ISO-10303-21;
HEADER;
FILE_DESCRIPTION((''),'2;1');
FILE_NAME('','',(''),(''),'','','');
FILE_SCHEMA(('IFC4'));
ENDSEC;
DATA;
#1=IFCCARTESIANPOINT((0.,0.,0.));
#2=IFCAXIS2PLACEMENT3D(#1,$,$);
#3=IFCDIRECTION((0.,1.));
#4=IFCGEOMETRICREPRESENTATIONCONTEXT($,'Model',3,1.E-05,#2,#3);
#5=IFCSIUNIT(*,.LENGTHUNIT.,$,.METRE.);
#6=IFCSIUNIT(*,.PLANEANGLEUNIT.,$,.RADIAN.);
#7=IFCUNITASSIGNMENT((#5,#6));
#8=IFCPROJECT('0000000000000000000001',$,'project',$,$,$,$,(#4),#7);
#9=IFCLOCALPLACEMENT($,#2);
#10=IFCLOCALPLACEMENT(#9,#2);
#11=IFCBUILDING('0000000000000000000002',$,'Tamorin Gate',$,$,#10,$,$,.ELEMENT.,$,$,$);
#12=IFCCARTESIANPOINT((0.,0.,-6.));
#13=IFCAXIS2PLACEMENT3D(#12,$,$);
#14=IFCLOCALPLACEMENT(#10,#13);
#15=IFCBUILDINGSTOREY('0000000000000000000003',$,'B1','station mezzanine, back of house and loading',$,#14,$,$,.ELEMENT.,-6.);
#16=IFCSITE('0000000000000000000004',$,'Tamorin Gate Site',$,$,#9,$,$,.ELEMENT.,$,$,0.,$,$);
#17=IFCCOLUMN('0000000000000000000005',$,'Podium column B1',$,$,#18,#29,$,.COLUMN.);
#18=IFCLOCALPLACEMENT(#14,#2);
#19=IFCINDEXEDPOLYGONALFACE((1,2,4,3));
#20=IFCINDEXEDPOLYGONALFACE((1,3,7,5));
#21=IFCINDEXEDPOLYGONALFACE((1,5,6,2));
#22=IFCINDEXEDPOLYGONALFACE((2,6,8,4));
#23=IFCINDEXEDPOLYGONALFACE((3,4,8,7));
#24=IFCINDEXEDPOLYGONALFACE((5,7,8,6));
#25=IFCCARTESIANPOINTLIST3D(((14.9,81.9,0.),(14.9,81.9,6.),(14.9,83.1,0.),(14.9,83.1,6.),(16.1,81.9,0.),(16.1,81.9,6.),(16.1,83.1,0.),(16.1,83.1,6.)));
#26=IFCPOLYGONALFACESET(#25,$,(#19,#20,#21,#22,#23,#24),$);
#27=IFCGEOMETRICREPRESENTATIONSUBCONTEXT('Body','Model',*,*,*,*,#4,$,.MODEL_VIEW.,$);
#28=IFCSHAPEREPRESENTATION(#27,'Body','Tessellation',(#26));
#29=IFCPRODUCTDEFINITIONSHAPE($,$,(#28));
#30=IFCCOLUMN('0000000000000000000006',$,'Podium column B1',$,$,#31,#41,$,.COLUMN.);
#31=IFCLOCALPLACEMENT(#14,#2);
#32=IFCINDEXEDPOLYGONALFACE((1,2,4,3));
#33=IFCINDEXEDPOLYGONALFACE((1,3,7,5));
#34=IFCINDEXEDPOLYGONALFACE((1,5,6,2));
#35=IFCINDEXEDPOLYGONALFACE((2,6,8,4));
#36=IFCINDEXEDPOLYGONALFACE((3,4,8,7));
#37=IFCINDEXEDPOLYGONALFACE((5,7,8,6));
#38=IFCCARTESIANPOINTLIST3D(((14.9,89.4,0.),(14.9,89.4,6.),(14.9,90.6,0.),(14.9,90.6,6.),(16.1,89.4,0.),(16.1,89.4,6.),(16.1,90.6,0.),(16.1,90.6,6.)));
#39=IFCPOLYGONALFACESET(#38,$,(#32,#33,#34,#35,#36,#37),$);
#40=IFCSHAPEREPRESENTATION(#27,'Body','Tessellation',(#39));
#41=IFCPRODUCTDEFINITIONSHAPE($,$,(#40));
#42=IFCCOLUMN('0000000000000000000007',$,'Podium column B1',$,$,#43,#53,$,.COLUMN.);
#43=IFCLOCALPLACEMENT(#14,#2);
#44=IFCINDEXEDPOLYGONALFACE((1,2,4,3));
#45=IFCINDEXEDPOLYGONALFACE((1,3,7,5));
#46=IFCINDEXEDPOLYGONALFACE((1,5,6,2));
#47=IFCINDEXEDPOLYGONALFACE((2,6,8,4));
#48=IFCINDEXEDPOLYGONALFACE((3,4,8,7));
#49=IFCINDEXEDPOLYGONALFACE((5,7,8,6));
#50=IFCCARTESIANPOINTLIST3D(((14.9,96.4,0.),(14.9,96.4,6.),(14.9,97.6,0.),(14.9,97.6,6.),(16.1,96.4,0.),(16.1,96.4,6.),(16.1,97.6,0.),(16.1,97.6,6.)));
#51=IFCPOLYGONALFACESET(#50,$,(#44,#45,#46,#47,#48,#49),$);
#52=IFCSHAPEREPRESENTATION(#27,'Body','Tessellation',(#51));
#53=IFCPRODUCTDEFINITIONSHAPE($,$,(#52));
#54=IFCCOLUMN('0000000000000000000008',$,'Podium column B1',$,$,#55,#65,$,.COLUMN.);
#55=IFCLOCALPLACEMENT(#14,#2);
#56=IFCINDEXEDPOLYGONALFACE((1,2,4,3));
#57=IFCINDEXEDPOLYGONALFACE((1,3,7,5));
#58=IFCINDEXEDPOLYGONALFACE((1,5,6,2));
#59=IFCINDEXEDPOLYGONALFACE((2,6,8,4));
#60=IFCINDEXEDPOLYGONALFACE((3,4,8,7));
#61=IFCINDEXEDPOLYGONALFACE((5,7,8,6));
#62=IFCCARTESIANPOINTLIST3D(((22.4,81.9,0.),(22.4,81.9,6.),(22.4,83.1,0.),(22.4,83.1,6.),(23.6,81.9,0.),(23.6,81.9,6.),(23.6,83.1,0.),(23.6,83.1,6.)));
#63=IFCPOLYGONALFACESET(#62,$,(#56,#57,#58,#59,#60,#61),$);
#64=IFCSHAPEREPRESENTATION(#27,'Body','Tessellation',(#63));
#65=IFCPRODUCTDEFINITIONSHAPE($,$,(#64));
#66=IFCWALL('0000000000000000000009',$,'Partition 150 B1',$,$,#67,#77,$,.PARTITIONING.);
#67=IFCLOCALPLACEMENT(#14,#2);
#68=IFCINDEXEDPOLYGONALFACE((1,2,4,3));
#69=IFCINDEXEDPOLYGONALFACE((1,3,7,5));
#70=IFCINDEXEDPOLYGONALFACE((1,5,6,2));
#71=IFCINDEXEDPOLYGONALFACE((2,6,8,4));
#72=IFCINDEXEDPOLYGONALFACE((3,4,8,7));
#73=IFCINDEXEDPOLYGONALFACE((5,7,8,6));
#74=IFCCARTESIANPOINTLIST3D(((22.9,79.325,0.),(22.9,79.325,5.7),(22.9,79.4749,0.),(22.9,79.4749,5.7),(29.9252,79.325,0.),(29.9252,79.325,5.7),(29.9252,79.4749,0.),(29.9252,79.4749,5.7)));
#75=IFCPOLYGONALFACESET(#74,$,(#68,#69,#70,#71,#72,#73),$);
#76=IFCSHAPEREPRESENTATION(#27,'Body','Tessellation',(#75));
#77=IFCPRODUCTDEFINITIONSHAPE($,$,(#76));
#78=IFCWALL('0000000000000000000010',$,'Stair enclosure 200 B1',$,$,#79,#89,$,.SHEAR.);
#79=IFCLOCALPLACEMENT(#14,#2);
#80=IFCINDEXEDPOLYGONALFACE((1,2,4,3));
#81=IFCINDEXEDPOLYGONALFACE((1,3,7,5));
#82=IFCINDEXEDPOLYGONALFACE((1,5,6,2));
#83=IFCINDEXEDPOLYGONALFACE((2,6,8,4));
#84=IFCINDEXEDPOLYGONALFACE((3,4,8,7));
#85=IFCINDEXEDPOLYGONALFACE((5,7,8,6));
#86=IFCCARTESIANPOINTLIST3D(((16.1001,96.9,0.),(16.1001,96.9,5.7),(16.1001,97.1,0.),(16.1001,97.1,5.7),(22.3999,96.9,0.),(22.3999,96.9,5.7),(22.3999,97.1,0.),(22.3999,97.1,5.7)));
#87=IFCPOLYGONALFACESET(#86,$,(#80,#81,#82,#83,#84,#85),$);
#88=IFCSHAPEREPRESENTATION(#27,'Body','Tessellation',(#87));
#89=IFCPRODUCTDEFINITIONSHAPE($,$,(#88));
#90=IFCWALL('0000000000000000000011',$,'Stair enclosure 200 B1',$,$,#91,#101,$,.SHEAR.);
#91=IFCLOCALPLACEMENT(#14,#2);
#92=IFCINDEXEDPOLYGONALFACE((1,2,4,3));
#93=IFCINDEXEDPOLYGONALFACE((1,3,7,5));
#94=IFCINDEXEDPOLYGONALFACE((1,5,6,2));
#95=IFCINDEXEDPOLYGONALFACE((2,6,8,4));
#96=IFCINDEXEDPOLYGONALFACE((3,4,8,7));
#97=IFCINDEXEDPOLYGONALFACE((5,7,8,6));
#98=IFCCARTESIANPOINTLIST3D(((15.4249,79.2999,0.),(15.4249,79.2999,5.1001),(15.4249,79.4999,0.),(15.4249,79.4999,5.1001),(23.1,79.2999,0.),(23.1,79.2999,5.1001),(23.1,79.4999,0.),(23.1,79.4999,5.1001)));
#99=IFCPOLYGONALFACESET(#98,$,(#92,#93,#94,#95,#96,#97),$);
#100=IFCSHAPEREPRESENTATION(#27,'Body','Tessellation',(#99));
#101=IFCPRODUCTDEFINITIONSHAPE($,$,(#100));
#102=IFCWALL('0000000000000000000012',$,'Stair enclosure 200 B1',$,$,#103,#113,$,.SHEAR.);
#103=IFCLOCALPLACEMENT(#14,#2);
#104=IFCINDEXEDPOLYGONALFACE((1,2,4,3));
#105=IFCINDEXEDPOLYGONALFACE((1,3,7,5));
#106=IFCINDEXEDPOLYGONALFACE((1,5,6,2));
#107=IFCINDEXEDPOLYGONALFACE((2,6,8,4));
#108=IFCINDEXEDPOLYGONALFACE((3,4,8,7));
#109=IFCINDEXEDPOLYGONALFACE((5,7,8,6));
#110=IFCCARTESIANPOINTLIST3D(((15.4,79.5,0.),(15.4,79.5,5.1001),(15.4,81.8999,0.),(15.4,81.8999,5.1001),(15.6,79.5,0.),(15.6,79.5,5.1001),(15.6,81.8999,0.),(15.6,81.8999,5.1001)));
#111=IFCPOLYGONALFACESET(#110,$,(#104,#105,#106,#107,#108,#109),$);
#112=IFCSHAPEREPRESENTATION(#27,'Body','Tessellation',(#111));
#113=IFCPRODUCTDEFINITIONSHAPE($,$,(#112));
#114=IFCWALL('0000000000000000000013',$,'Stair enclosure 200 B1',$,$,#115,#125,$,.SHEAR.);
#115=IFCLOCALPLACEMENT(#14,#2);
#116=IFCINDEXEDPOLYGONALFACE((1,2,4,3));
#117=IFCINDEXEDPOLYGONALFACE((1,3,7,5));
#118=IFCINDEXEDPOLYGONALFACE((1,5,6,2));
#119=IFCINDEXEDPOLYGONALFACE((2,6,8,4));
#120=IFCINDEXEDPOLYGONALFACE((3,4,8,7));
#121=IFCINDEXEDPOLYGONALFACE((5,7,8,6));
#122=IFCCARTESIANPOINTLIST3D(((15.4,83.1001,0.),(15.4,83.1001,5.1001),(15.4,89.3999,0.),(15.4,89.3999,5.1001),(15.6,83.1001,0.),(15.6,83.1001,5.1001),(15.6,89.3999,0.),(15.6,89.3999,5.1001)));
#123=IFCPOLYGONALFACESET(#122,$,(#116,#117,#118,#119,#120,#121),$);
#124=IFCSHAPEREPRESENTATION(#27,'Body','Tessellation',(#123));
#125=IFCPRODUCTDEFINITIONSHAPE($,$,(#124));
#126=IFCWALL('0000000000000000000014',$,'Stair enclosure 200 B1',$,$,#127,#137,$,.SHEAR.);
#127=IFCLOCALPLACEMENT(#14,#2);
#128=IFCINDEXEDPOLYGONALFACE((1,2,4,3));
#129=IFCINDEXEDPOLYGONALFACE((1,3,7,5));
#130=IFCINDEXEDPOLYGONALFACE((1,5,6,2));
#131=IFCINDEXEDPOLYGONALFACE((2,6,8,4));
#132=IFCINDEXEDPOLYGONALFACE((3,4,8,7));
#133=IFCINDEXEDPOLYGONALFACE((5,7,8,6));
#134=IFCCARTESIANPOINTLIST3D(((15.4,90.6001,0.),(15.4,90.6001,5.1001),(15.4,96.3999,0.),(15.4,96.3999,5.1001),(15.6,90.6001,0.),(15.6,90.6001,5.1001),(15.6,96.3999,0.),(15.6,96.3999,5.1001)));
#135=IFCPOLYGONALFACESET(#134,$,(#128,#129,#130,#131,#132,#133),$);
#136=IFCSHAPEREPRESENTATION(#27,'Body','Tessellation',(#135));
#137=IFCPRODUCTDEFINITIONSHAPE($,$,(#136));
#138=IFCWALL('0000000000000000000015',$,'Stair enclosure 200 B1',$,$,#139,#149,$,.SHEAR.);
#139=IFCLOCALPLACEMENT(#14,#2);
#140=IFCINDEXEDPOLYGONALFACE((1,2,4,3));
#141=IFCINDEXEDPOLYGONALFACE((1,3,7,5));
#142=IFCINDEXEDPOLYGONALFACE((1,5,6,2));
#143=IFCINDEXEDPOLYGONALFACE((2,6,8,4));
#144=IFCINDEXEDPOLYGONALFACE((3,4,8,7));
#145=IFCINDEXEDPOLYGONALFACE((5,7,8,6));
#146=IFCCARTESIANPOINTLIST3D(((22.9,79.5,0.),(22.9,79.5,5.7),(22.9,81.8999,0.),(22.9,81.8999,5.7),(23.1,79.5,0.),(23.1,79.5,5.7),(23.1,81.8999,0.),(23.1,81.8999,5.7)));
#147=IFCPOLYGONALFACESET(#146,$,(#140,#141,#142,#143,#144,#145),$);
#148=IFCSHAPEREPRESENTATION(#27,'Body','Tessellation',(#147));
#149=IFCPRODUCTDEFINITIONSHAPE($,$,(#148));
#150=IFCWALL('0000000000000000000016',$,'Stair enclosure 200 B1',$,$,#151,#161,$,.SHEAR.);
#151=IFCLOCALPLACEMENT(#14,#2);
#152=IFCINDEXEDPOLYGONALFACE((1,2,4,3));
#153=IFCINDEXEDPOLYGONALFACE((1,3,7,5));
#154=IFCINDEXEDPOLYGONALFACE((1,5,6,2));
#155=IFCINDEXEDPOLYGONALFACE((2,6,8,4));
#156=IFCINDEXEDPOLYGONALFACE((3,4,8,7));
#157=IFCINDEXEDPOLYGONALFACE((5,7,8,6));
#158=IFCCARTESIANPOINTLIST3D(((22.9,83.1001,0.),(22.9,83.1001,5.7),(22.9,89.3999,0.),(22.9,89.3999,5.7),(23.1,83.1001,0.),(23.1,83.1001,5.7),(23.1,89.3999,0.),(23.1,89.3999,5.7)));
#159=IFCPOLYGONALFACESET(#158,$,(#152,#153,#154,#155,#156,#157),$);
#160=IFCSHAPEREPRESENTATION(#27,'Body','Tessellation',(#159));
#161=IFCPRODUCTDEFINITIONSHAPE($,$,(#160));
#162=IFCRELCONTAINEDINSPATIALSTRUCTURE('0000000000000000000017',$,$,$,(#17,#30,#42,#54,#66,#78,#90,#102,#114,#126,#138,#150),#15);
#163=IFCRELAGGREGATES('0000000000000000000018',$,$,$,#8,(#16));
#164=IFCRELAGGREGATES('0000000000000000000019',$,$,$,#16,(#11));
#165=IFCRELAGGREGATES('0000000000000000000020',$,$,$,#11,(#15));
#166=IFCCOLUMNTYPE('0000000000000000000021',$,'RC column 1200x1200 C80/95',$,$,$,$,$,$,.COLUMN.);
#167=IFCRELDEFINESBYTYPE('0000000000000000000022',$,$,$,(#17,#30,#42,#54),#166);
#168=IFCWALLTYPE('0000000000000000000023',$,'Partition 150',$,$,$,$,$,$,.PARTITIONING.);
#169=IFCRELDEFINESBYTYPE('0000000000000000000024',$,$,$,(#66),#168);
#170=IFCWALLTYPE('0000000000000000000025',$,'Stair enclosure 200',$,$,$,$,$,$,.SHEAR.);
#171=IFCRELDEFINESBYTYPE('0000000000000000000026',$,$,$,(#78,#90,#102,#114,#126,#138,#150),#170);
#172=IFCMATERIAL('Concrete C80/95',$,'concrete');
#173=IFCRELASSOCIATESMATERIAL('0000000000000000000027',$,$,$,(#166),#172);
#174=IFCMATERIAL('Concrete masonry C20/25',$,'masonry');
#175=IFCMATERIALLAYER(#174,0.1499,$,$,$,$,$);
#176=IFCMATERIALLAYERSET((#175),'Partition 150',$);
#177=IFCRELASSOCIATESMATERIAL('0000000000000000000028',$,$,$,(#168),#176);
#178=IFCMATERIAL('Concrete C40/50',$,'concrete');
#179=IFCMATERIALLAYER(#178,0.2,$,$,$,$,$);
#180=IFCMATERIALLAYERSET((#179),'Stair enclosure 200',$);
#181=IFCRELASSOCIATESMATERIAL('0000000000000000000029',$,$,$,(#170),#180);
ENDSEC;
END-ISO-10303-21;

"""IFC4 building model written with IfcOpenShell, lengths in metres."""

from ifc_helpers import new_model, si_unit, direction, frame, frame_2d, origin, origin_2d, place, context, subcontext, project, spatial, rectangle, extrude, material, layer, layer_set, material_profile, profile_set, type_object, element, save


model = new_model("IFC4")

# Units and contexts
model_context = context("Model", 3, precision=1e-05, world=origin(), true_north=direction((0.0, 1.0)))
body_context = subcontext(model_context, "Body", "Model", "MODEL_VIEW")
ifc_project = project(units=[si_unit("LENGTHUNIT", "METRE"), si_unit("PLANEANGLEUNIT", "RADIAN")], contexts=[model_context])

# Site, building, storey
site_placement = place(None, origin())
site = spatial("IfcSite", under=ifc_project, at=site_placement, Name="Tamorin Gate Site", CompositionType="ELEMENT", RefElevation=0.0)
building_placement = place(site_placement, origin())
building = spatial("IfcBuilding", under=site, at=building_placement, Name="Tamorin Gate", CompositionType="ELEMENT")
storey_placement = place(building_placement, frame((0.0, 0.0, -6.0)))
storey = spatial("IfcBuildingStorey", under=building, at=storey_placement, Name="B1", Description="station mezzanine, back of house and loading", CompositionType="ELEMENT", Elevation=-6.0)

# Columns
ifc_material_1 = material(Name="Concrete C80/95", Category="concrete")
ifc_material_profile = material_profile(ifc_material_1, rectangle(XDim=1.2, YDim=1.2, at=origin_2d()), Name="RC 1200x1200")
ifc_profile_set = profile_set([ifc_material_profile], Name="Concrete C80/95")
column_type = type_object("IfcColumnType", Name="RC column 1200x1200 C80/95", PredefinedType="COLUMN", material=ifc_profile_set)
for number, where, z_axis, x_axis, name in (
    (1, (15.5, 82.5, 0.0), (0.0, 0.0, 1.0), (1.0, 0.0, 0.0), "Podium column B1"),
    (2, (15.5, 90.0, 0.0), (0.0, 0.0, 1.0), (1.0, 0.0, 0.0), "Podium column B1"),
    (3, (15.5, 97.0, 0.0), (0.0, 0.0, 1.0), (1.0, 0.0, 0.0), "Podium column B1"),
    (4, (23.0, 82.5, 0.0), (0.0, 0.0, 1.0), (1.0, 0.0, 0.0), "Podium column B1"),
):
    element("IfcColumn", number, at=place(storey_placement, frame(where, z_axis=z_axis, x_axis=x_axis)), inside=storey, type_object=column_type, Name=name, PredefinedType="COLUMN", context=body_context, shape_type="SweptSolid", body=[
        extrude(rectangle(XDim=1.2, YDim=1.2, at=origin_2d()), origin(), (0.0, 0.0, 1.0), 6.0),
    ])

# Walls
ifc_material_2 = material(Name="Concrete masonry C20/25", Category="masonry")
ifc_layer_1 = layer(ifc_material_2, 0.1499)
ifc_layer_set_1 = layer_set([ifc_layer_1], Name="Partition 150")
wall_type_1 = type_object("IfcWallType", Name="Partition 150", PredefinedType="PARTITIONING", material=ifc_layer_set_1)
wall_1_placement = place(storey_placement, frame((22.8999, 79.3999, 0.0), z_axis=(0.0, 0.0, 1.0), x_axis=(1.0, 0.0, 0.0)))
element("IfcWall", 5, at=wall_1_placement, inside=storey, type_object=wall_type_1, Name="Partition 150 B1", PredefinedType="PARTITIONING", context=body_context, shape_type="SweptSolid", body=[
    extrude(rectangle(XDim=7.0251, YDim=0.1499, at=frame_2d((3.5127, 0.0))), origin(), (0.0, 0.0, 1.0), 5.7),
])
ifc_material_3 = material(Name="Concrete C40/50", Category="concrete")
ifc_layer_2 = layer(ifc_material_3, 0.2)
ifc_layer_set_2 = layer_set([ifc_layer_2], Name="Stair enclosure 200")
wall_type_2 = type_object("IfcWallType", Name="Stair enclosure 200", PredefinedType="SHEAR", material=ifc_layer_set_2)
wall_2_placement = place(storey_placement, frame((16.1001, 97.0, 0.0), z_axis=(0.0, 0.0, 1.0), x_axis=(1.0, 0.0, 0.0)))
element("IfcWall", 6, at=wall_2_placement, inside=storey, type_object=wall_type_2, Name="Stair enclosure 200 B1", PredefinedType="SHEAR", context=body_context, shape_type="SweptSolid", body=[
    extrude(rectangle(XDim=6.2998, YDim=0.2, at=frame_2d((3.1499, 0.0))), origin(), (0.0, 0.0, 1.0), 5.7),
])
wall_3_placement = place(storey_placement, frame((15.425, 79.3999, 0.0), z_axis=(0.0, 0.0, 1.0), x_axis=(1.0, 0.0, 0.0)))
element("IfcWall", 7, at=wall_3_placement, inside=storey, type_object=wall_type_2, Name="Stair enclosure 200 B1", PredefinedType="SHEAR", context=body_context, shape_type="SweptSolid", body=[
    extrude(rectangle(XDim=7.675, YDim=0.2, at=frame_2d((3.8374, 0.0))), origin(), (0.0, 0.0, 1.0), 5.1001),
])
wall_4_placement = place(storey_placement, frame((15.5, 79.5, 0.0), z_axis=(0.0, 0.0, 1.0), x_axis=(0.0, 1.0, 0.0)))
element("IfcWall", 8, at=wall_4_placement, inside=storey, type_object=wall_type_2, Name="Stair enclosure 200 B1", PredefinedType="SHEAR", context=body_context, shape_type="SweptSolid", body=[
    extrude(rectangle(XDim=2.3999, YDim=0.2, at=frame_2d((1.2, 0.0))), origin(), (0.0, 0.0, 1.0), 5.1001),
])
wall_5_placement = place(storey_placement, frame((15.5, 83.1001, 0.0), z_axis=(0.0, 0.0, 1.0), x_axis=(0.0, 1.0, 0.0)))
element("IfcWall", 9, at=wall_5_placement, inside=storey, type_object=wall_type_2, Name="Stair enclosure 200 B1", PredefinedType="SHEAR", context=body_context, shape_type="SweptSolid", body=[
    extrude(rectangle(XDim=6.2998, YDim=0.2, at=frame_2d((3.1499, 0.0))), origin(), (0.0, 0.0, 1.0), 5.1001),
])
wall_6_placement = place(storey_placement, frame((15.5, 90.6001, 0.0), z_axis=(0.0, 0.0, 1.0), x_axis=(0.0, 1.0, 0.0)))
element("IfcWall", 10, at=wall_6_placement, inside=storey, type_object=wall_type_2, Name="Stair enclosure 200 B1", PredefinedType="SHEAR", context=body_context, shape_type="SweptSolid", body=[
    extrude(rectangle(XDim=5.7998, YDim=0.2, at=frame_2d((2.8999, 0.0))), origin(), (0.0, 0.0, 1.0), 5.1001),
])
wall_7_placement = place(storey_placement, frame((23.0, 79.5, 0.0), z_axis=(0.0, 0.0, 1.0), x_axis=(0.0, 1.0, 0.0)))
element("IfcWall", 11, at=wall_7_placement, inside=storey, type_object=wall_type_2, Name="Stair enclosure 200 B1", PredefinedType="SHEAR", context=body_context, shape_type="SweptSolid", body=[
    extrude(rectangle(XDim=2.3999, YDim=0.2, at=frame_2d((1.2, 0.0))), origin(), (0.0, 0.0, 1.0), 5.7),
])
wall_8_placement = place(storey_placement, frame((23.0, 83.1001, 0.0), z_axis=(0.0, 0.0, 1.0), x_axis=(0.0, 1.0, 0.0)))
element("IfcWall", 12, at=wall_8_placement, inside=storey, type_object=wall_type_2, Name="Stair enclosure 200 B1", PredefinedType="SHEAR", context=body_context, shape_type="SweptSolid", body=[
    extrude(rectangle(XDim=6.2998, YDim=0.2, at=frame_2d((3.1499, 0.0))), origin(), (0.0, 0.0, 1.0), 5.7),
])

save(model, "model.ifc")
